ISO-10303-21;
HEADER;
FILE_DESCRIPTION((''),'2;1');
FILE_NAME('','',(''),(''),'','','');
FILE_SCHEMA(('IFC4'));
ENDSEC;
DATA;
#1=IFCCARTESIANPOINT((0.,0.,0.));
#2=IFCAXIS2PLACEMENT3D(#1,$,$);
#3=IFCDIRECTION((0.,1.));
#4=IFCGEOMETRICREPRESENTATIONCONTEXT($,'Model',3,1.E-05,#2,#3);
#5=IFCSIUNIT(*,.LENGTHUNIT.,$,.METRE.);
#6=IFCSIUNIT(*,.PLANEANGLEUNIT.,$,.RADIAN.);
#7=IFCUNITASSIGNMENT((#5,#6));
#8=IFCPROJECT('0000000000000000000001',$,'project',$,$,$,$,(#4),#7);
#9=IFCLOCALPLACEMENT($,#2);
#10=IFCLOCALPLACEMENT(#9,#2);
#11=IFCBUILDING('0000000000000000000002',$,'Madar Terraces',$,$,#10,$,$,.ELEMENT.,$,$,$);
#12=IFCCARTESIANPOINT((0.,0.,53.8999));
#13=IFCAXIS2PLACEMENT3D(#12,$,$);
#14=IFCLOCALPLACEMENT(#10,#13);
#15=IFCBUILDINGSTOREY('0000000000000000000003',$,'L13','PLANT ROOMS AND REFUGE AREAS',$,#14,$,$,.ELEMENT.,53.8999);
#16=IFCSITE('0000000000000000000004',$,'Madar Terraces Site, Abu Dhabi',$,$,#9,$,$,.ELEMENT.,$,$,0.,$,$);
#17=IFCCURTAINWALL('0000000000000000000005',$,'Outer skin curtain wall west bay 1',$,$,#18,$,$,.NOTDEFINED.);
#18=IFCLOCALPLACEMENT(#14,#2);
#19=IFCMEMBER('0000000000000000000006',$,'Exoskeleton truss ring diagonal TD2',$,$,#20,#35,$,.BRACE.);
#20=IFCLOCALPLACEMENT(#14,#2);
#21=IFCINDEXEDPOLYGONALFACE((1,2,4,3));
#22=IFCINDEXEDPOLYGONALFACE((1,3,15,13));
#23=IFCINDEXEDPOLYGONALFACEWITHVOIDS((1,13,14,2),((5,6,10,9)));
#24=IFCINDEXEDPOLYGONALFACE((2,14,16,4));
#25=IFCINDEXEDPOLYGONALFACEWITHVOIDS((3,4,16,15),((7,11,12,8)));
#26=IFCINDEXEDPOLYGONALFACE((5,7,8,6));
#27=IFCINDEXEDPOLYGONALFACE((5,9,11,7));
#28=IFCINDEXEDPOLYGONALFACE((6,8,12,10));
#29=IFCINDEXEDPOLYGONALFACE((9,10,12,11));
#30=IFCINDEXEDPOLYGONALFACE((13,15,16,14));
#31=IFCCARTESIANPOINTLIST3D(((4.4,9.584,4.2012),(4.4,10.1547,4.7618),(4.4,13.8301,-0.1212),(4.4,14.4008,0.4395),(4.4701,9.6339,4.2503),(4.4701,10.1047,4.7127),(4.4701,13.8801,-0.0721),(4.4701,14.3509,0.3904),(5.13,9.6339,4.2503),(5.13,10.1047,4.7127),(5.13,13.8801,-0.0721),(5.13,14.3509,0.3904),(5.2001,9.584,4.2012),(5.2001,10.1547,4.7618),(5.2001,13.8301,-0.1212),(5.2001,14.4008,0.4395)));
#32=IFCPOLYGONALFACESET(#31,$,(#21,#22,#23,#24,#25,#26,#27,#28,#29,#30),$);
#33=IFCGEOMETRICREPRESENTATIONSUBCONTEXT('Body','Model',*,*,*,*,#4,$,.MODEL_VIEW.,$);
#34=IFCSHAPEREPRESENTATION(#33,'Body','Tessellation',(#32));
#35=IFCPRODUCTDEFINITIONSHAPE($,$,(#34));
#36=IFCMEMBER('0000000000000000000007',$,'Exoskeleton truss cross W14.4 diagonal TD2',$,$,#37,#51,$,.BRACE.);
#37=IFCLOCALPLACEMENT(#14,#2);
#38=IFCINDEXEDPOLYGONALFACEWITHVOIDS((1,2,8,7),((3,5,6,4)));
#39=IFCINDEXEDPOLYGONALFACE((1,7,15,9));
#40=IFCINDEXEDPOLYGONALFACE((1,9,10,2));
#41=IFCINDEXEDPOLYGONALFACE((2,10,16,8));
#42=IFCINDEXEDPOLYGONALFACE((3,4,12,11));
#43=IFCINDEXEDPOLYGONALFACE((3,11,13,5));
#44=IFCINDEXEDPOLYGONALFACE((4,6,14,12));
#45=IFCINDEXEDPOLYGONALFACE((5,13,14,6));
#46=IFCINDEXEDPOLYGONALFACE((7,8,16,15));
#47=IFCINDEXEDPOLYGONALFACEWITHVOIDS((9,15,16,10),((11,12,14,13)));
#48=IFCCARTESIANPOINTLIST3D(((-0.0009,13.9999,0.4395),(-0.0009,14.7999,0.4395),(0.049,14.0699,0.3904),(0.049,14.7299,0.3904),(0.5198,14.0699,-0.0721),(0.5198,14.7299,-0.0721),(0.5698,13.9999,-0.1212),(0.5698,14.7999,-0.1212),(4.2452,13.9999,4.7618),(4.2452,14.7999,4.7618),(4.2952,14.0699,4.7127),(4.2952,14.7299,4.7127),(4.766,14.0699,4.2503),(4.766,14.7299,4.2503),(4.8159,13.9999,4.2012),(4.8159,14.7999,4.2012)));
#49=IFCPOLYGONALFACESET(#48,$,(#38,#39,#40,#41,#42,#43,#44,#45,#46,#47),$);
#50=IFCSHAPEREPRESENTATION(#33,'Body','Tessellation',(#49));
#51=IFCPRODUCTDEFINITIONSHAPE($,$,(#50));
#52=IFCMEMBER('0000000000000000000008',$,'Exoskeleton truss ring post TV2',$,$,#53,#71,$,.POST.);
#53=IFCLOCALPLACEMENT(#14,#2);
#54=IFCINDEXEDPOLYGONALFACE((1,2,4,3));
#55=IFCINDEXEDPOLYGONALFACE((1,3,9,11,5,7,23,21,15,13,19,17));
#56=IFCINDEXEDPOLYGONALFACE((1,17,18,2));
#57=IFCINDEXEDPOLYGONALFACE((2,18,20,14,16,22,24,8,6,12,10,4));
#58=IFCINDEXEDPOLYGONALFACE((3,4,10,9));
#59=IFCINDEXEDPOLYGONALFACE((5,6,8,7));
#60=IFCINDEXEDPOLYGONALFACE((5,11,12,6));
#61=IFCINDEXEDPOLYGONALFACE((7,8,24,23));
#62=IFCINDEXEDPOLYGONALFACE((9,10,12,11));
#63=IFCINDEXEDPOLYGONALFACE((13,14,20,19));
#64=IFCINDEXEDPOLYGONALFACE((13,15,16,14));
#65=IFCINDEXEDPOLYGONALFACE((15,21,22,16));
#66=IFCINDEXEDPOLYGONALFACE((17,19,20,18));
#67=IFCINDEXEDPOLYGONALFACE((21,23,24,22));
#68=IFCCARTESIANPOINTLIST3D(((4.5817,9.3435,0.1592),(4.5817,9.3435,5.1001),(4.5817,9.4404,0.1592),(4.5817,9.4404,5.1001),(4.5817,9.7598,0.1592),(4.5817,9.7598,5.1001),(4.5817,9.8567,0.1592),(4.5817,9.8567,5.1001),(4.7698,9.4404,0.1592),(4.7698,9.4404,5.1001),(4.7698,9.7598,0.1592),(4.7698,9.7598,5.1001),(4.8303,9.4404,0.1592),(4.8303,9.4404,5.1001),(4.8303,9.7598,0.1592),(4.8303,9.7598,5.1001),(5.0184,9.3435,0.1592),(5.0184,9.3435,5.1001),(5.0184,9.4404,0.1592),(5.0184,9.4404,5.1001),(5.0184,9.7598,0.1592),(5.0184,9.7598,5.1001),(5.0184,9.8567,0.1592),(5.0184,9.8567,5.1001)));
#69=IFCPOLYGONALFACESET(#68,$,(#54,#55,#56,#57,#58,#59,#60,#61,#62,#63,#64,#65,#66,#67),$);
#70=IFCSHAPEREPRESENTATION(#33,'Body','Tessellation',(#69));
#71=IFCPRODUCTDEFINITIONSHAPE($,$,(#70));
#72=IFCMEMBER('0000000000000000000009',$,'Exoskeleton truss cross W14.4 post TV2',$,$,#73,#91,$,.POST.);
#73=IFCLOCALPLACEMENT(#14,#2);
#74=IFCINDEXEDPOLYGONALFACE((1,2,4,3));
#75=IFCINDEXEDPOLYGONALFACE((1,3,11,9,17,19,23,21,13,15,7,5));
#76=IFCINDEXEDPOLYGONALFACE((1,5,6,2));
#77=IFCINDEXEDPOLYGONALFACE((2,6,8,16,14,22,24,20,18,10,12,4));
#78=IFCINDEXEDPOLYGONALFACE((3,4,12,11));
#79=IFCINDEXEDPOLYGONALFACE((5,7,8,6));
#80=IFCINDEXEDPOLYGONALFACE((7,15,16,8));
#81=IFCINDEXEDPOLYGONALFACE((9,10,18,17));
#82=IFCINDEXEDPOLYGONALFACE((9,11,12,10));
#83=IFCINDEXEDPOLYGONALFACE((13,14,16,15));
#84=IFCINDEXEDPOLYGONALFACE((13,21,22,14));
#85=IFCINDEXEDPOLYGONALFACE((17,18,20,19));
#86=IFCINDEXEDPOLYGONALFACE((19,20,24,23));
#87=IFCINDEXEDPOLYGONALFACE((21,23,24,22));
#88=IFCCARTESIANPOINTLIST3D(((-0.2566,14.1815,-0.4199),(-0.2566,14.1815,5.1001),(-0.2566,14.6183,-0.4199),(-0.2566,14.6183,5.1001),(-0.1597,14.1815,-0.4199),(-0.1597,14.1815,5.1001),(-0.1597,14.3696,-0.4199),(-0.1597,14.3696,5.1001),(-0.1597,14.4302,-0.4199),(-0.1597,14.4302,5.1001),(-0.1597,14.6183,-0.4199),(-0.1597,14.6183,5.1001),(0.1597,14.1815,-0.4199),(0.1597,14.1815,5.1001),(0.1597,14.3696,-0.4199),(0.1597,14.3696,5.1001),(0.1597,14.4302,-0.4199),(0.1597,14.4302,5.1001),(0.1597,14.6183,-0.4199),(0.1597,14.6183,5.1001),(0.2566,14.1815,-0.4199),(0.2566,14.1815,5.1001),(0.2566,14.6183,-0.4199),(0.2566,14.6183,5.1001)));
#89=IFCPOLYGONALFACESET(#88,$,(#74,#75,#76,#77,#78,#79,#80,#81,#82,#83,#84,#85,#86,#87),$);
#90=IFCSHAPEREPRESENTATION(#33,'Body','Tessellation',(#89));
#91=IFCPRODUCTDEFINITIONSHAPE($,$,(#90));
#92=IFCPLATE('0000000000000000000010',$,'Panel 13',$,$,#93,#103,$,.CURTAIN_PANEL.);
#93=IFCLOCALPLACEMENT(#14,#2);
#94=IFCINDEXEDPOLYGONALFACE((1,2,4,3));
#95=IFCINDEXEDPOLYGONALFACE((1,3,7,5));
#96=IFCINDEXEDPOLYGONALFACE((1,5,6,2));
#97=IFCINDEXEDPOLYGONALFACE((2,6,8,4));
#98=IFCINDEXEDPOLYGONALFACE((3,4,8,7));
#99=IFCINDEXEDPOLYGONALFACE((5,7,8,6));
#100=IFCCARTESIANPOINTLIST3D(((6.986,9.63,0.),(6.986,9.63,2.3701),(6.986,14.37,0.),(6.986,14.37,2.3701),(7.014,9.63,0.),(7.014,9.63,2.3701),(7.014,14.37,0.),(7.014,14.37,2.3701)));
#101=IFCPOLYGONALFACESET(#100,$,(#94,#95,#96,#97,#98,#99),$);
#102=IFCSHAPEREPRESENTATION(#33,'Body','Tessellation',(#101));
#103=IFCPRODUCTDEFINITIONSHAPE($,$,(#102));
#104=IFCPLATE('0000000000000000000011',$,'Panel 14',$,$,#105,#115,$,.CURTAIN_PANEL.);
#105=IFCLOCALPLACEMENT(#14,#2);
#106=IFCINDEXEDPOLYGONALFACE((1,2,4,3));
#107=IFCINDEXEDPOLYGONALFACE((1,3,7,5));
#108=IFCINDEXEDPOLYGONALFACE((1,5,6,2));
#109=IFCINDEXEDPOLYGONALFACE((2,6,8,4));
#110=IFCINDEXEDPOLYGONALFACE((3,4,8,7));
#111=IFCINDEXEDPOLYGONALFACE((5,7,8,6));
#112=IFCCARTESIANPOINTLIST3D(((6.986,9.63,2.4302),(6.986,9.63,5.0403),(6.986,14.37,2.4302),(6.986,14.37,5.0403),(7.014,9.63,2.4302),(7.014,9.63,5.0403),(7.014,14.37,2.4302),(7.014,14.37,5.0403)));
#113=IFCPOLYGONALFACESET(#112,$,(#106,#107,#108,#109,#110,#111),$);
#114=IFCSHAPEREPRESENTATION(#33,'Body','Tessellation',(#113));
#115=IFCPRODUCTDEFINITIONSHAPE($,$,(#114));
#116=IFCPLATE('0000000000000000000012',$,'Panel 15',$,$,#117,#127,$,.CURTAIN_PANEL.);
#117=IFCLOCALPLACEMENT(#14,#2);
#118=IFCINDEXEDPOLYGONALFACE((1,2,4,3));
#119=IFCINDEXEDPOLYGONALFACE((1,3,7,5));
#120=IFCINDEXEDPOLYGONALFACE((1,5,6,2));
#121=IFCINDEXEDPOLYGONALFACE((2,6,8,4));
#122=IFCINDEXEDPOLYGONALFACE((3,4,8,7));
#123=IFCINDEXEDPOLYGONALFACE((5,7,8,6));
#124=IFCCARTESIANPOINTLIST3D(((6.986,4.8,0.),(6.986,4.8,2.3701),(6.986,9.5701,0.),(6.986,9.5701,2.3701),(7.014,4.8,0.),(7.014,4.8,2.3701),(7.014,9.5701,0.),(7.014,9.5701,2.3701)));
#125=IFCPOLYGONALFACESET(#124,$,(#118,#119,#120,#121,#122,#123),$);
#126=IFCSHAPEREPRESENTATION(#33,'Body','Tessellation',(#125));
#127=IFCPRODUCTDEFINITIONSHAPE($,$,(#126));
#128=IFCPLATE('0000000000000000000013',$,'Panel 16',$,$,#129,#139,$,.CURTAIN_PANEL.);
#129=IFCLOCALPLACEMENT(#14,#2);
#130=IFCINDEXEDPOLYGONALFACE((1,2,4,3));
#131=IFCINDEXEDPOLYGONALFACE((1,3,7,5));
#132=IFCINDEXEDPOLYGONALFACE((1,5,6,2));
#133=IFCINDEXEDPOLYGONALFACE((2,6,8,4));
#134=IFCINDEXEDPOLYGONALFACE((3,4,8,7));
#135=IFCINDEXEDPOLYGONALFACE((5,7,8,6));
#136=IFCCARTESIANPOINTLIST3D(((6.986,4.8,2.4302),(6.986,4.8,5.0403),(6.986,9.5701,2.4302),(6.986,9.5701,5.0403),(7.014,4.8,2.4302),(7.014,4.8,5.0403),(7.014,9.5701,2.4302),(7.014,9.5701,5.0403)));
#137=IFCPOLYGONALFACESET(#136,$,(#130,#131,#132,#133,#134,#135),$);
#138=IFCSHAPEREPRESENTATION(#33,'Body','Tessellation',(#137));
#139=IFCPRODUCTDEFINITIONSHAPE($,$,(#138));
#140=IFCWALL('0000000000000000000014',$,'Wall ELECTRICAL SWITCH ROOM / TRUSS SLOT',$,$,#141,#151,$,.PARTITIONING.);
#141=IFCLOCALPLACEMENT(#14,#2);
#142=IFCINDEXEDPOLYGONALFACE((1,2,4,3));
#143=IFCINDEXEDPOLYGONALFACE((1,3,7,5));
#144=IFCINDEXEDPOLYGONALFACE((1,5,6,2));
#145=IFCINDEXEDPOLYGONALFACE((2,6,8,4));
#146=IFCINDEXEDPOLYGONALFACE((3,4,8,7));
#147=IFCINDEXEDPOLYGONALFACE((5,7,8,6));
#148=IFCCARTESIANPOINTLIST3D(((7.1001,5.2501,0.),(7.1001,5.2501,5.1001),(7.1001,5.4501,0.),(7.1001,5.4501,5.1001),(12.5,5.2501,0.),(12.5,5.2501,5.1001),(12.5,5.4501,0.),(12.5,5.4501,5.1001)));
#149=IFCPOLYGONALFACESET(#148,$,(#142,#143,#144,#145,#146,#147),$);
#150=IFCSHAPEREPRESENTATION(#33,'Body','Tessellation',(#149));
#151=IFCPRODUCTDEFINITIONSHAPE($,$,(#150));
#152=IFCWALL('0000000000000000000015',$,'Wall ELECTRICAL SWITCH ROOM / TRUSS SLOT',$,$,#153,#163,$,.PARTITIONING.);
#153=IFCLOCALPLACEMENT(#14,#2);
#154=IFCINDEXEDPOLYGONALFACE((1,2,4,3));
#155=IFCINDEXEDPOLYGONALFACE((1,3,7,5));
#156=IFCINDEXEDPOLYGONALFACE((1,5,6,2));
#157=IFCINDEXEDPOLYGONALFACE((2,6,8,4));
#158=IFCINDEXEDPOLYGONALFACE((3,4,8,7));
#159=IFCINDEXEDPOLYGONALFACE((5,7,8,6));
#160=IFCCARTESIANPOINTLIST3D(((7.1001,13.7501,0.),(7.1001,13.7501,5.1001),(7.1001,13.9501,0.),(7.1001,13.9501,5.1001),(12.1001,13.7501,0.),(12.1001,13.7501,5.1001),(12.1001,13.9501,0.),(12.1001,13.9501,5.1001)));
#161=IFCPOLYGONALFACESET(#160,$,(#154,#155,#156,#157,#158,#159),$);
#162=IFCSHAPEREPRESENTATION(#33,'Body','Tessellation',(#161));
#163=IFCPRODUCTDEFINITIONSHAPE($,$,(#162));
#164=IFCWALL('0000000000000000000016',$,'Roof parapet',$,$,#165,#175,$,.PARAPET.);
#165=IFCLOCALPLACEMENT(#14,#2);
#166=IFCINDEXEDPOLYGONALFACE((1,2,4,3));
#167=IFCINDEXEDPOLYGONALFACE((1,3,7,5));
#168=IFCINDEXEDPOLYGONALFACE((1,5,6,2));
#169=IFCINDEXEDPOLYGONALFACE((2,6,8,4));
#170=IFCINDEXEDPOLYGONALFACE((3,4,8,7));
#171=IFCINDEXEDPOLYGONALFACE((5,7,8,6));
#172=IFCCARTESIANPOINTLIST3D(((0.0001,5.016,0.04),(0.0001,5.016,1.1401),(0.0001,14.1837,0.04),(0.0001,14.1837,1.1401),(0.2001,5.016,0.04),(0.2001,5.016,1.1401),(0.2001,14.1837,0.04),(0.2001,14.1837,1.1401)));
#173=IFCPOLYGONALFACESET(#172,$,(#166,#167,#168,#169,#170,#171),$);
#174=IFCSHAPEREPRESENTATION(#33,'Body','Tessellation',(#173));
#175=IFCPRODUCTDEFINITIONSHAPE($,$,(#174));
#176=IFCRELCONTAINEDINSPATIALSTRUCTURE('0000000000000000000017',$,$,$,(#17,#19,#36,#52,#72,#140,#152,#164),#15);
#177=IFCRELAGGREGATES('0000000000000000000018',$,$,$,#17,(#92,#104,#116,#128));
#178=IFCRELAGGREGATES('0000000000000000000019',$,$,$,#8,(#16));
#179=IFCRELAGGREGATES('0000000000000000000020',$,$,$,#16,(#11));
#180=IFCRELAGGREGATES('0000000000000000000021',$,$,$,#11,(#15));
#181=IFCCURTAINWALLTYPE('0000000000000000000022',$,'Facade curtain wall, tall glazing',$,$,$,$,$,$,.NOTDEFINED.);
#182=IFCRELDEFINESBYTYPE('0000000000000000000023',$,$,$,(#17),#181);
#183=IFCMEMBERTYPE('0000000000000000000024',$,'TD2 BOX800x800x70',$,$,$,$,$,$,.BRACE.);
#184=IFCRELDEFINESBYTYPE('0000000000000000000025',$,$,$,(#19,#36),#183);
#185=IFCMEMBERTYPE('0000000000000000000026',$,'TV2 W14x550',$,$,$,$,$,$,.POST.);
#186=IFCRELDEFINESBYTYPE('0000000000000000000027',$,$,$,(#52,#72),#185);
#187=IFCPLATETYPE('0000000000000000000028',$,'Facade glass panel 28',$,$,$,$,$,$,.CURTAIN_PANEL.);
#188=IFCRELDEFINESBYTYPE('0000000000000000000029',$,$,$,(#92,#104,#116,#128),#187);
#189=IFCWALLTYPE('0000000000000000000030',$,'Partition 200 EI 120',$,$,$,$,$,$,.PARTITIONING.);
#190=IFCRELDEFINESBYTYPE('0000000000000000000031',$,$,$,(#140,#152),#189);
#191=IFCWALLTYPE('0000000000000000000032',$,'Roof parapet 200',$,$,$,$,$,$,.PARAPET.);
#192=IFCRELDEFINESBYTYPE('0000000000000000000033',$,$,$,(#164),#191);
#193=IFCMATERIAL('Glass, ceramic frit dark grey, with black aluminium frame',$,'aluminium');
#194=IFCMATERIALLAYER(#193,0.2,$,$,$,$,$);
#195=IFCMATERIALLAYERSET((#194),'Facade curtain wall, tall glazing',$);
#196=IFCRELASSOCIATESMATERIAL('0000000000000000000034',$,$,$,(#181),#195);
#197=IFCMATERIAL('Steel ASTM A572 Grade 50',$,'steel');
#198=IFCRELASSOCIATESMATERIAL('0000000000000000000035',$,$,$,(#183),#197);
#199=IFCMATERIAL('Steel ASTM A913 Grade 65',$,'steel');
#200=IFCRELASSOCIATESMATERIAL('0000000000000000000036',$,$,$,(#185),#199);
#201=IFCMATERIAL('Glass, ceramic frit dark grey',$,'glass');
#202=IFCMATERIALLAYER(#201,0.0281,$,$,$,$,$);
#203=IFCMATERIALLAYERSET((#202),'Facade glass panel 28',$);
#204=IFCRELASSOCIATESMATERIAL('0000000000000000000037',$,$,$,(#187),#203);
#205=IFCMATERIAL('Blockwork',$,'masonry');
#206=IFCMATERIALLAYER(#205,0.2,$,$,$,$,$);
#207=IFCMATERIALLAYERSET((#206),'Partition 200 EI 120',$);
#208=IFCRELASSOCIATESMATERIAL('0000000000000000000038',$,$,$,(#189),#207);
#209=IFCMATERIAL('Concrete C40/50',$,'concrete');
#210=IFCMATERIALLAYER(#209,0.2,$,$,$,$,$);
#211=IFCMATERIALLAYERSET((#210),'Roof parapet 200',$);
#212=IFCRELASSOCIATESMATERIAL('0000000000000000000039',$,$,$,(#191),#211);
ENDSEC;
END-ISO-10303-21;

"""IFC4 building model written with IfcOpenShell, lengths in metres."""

from ifc_helpers import new_model, si_unit, direction, frame, frame_2d, origin, origin_2d, place, context, subcontext, project, spatial, rectangle, hollow_rectangle, i_section, extrude, material, layer, layer_set, material_profile, profile_set, type_object, element, aggregate, save


model = new_model("IFC4")

# Units and contexts
model_context = context("Model", 3, precision=1e-05, world=origin(), true_north=direction((0.0, 1.0)))
body_context = subcontext(model_context, "Body", "Model", "MODEL_VIEW")
ifc_project = project(units=[si_unit("LENGTHUNIT", "METRE"), si_unit("PLANEANGLEUNIT", "RADIAN")], contexts=[model_context])

# Site, building, storey
site_placement = place(None, origin())
site = spatial("IfcSite", under=ifc_project, at=site_placement, Name="Madar Terraces Site, Abu Dhabi", CompositionType="ELEMENT", RefElevation=0.0)
building_placement = place(site_placement, origin())
building = spatial("IfcBuilding", under=site, at=building_placement, Name="Madar Terraces", CompositionType="ELEMENT")
storey_placement = place(building_placement, frame((0.0, 0.0, 53.8999)))
storey = spatial("IfcBuildingStorey", under=building, at=storey_placement, Name="L13", Description="PLANT ROOMS AND REFUGE AREAS", CompositionType="ELEMENT", Elevation=53.8999)

# Curtain wall
ifc_material_1 = material(Name="Glass, ceramic frit dark grey, with black aluminium frame", Category="aluminium")
ifc_layer_1 = layer(ifc_material_1, 0.2)
ifc_layer_set_1 = layer_set([ifc_layer_1], Name="Facade curtain wall, tall glazing")
curtain_wall_type = type_object("IfcCurtainWallType", Name="Facade curtain wall, tall glazing", PredefinedType="NOTDEFINED", material=ifc_layer_set_1)
curtain_wall_placement = place(storey_placement, origin())
curtain_wall = element("IfcCurtainWall", 1, at=curtain_wall_placement, inside=storey, type_object=curtain_wall_type, Name="Outer skin curtain wall west bay 1", PredefinedType="NOTDEFINED")

# Members
ifc_material_2 = material(Name="Steel ASTM A572 Grade 50", Category="steel")
ifc_material_profile_1 = material_profile(ifc_material_2, hollow_rectangle(XDim=0.8, YDim=0.8, WallThickness=0.0701, at=origin_2d()), Name="BOX800x800x70")
ifc_profile_set_1 = profile_set([ifc_material_profile_1], Name="Steel ASTM A572 Grade 50")
member_type_1 = type_object("IfcMemberType", Name="TD2 BOX800x800x70", PredefinedType="BRACE", material=ifc_profile_set_1)
for number, where, z_axis, x_axis, name in (
    (2, (4.8, 14.1155, 0.1592), (0.0, -0.700793, 0.713365), (1.0, 0.0, 0.0), "Exoskeleton truss ring diagonal TD2"),
    (3, (0.2844, 14.3999, 0.1592), (0.700793, 0.0, 0.713365), (0.0, 1.0, 0.0), "Exoskeleton truss cross W14.4 diagonal TD2"),
):
    element("IfcMember", number, at=place(storey_placement, frame(where, z_axis=z_axis, x_axis=x_axis)), inside=storey, type_object=member_type_1, Name=name, PredefinedType="BRACE", context=body_context, shape_type="SweptSolid", body=[
        extrude(hollow_rectangle(XDim=0.8, YDim=0.8, WallThickness=0.0701, at=origin_2d()), origin(), (0.0, 0.0, 1.0), 6.0591),
    ])
ifc_material_3 = material(Name="Steel ASTM A913 Grade 65", Category="steel")
ifc_material_profile_2 = material_profile(ifc_material_3, i_section(OverallWidth=0.4368, OverallDepth=0.5132, WebThickness=0.0605, FlangeThickness=0.0969, at=origin_2d()), Name="W14x550")
ifc_profile_set_2 = profile_set([ifc_material_profile_2], Name="Steel ASTM A913 Grade 65")
member_type_2 = type_object("IfcMemberType", Name="TV2 W14x550", PredefinedType="POST", material=ifc_profile_set_2)
member_1_placement = place(storey_placement, frame((4.8, 9.6001, 0.1592), z_axis=(0.0, 0.0, 1.0), x_axis=(1.0, 0.0, 0.0)))
element("IfcMember", 4, at=member_1_placement, inside=storey, type_object=member_type_2, Name="Exoskeleton truss ring post TV2", PredefinedType="POST", context=body_context, shape_type="SweptSolid", body=[
    extrude(i_section(OverallWidth=0.4368, OverallDepth=0.5132, WebThickness=0.0605, FlangeThickness=0.0969, at=origin_2d()), origin(), (0.0, 0.0, 1.0), 4.9409),
])
member_2_placement = place(storey_placement, frame((0.0, 14.3999, -0.4199), z_axis=(0.0, 0.0, 1.0), x_axis=(0.0, 1.0, 0.0)))
element("IfcMember", 5, at=member_2_placement, inside=storey, type_object=member_type_2, Name="Exoskeleton truss cross W14.4 post TV2", PredefinedType="POST", context=body_context, shape_type="SweptSolid", body=[
    extrude(i_section(OverallWidth=0.4368, OverallDepth=0.5132, WebThickness=0.0605, FlangeThickness=0.0969, at=origin_2d()), origin(), (0.0, 0.0, 1.0), 5.52),
])

# Plates
ifc_material_4 = material(Name="Glass, ceramic frit dark grey", Category="glass")
ifc_layer_2 = layer(ifc_material_4, 0.0281)
ifc_layer_set_2 = layer_set([ifc_layer_2], Name="Facade glass panel 28")
plate_type = type_object("IfcPlateType", Name="Facade glass panel 28", PredefinedType="CURTAIN_PANEL", material=ifc_layer_set_2)
plate_1_placement = place(storey_placement, frame((7.0, 12.0, 0.0), z_axis=(0.0, 0.0, 1.0), x_axis=(0.0, -1.0, 0.0)))
plate_1 = element("IfcPlate", 6, at=plate_1_placement, type_object=plate_type, Name="Panel 13", PredefinedType="CURTAIN_PANEL", context=body_context, shape_type="SweptSolid", body=[
    extrude(rectangle(XDim=4.74, YDim=0.0281, at=origin_2d()), origin(), (0.0, 0.0, 1.0), 2.3701),
])
plate_2_placement = place(storey_placement, frame((7.0, 12.0, 2.4302), z_axis=(0.0, 0.0, 1.0), x_axis=(0.0, -1.0, 0.0)))
plate_2 = element("IfcPlate", 7, at=plate_2_placement, type_object=plate_type, Name="Panel 14", PredefinedType="CURTAIN_PANEL", context=body_context, shape_type="SweptSolid", body=[
    extrude(rectangle(XDim=4.74, YDim=0.0281, at=origin_2d()), origin(), (0.0, 0.0, 1.0), 2.6101),
])
plate_3_placement = place(storey_placement, frame((7.0, 7.1851, 0.0), z_axis=(0.0, 0.0, 1.0), x_axis=(0.0, -1.0, 0.0)))
plate_3 = element("IfcPlate", 8, at=plate_3_placement, type_object=plate_type, Name="Panel 15", PredefinedType="CURTAIN_PANEL", context=body_context, shape_type="SweptSolid", body=[
    extrude(rectangle(XDim=4.77, YDim=0.0281, at=origin_2d()), origin(), (0.0, 0.0, 1.0), 2.3701),
])
plate_4_placement = place(storey_placement, frame((7.0, 7.1851, 2.4302), z_axis=(0.0, 0.0, 1.0), x_axis=(0.0, -1.0, 0.0)))
plate_4 = element("IfcPlate", 9, at=plate_4_placement, type_object=plate_type, Name="Panel 16", PredefinedType="CURTAIN_PANEL", context=body_context, shape_type="SweptSolid", body=[
    extrude(rectangle(XDim=4.77, YDim=0.0281, at=origin_2d()), origin(), (0.0, 0.0, 1.0), 2.6101),
])
aggregate(curtain_wall, [plate_1, plate_2, plate_3, plate_4])

# Walls
ifc_material_5 = material(Name="Blockwork", Category="masonry")
ifc_layer_3 = layer(ifc_material_5, 0.2)
ifc_layer_set_3 = layer_set([ifc_layer_3], Name="Partition 200 EI 120")
wall_type_1 = type_object("IfcWallType", Name="Partition 200 EI 120", PredefinedType="PARTITIONING", material=ifc_layer_set_3)
wall_1_placement = place(storey_placement, frame((7.1001, 5.3501, 0.0), z_axis=(0.0, 0.0, 1.0), x_axis=(1.0, 0.0, 0.0)))
element("IfcWall", 10, at=wall_1_placement, inside=storey, type_object=wall_type_1, Name="Wall ELECTRICAL SWITCH ROOM / TRUSS SLOT", PredefinedType="PARTITIONING", context=body_context, shape_type="SweptSolid", body=[
    extrude(rectangle(XDim=5.3999, YDim=0.2, at=frame_2d((2.7, 0.0))), origin(), (0.0, 0.0, 1.0), 5.1001),
])
wall_2_placement = place(storey_placement, frame((7.1001, 13.8501, 0.0), z_axis=(0.0, 0.0, 1.0), x_axis=(1.0, 0.0, 0.0)))
element("IfcWall", 11, at=wall_2_placement, inside=storey, type_object=wall_type_1, Name="Wall ELECTRICAL SWITCH ROOM / TRUSS SLOT", PredefinedType="PARTITIONING", context=body_context, shape_type="SweptSolid", body=[
    extrude(rectangle(XDim=5.0, YDim=0.2, at=frame_2d((2.5, 0.0))), origin(), (0.0, 0.0, 1.0), 5.1001),
])
ifc_material_6 = material(Name="Concrete C40/50", Category="concrete")
ifc_layer_4 = layer(ifc_material_6, 0.2)
ifc_layer_set_4 = layer_set([ifc_layer_4], Name="Roof parapet 200")
wall_type_2 = type_object("IfcWallType", Name="Roof parapet 200", PredefinedType="PARAPET", material=ifc_layer_set_4)
wall_3_placement = place(storey_placement, frame((0.1001, 14.1838, 0.04), z_axis=(0.0, 0.0, 1.0), x_axis=(0.0, -1.0, 0.0)))
element("IfcWall", 12, at=wall_3_placement, inside=storey, type_object=wall_type_2, Name="Roof parapet", PredefinedType="PARAPET", context=body_context, shape_type="SweptSolid", body=[
    extrude(rectangle(XDim=9.1677, YDim=0.2, at=frame_2d((4.584, 0.0))), origin(), (0.0, 0.0, 1.0), 1.1001),
])

save(model, "model.ifc")
